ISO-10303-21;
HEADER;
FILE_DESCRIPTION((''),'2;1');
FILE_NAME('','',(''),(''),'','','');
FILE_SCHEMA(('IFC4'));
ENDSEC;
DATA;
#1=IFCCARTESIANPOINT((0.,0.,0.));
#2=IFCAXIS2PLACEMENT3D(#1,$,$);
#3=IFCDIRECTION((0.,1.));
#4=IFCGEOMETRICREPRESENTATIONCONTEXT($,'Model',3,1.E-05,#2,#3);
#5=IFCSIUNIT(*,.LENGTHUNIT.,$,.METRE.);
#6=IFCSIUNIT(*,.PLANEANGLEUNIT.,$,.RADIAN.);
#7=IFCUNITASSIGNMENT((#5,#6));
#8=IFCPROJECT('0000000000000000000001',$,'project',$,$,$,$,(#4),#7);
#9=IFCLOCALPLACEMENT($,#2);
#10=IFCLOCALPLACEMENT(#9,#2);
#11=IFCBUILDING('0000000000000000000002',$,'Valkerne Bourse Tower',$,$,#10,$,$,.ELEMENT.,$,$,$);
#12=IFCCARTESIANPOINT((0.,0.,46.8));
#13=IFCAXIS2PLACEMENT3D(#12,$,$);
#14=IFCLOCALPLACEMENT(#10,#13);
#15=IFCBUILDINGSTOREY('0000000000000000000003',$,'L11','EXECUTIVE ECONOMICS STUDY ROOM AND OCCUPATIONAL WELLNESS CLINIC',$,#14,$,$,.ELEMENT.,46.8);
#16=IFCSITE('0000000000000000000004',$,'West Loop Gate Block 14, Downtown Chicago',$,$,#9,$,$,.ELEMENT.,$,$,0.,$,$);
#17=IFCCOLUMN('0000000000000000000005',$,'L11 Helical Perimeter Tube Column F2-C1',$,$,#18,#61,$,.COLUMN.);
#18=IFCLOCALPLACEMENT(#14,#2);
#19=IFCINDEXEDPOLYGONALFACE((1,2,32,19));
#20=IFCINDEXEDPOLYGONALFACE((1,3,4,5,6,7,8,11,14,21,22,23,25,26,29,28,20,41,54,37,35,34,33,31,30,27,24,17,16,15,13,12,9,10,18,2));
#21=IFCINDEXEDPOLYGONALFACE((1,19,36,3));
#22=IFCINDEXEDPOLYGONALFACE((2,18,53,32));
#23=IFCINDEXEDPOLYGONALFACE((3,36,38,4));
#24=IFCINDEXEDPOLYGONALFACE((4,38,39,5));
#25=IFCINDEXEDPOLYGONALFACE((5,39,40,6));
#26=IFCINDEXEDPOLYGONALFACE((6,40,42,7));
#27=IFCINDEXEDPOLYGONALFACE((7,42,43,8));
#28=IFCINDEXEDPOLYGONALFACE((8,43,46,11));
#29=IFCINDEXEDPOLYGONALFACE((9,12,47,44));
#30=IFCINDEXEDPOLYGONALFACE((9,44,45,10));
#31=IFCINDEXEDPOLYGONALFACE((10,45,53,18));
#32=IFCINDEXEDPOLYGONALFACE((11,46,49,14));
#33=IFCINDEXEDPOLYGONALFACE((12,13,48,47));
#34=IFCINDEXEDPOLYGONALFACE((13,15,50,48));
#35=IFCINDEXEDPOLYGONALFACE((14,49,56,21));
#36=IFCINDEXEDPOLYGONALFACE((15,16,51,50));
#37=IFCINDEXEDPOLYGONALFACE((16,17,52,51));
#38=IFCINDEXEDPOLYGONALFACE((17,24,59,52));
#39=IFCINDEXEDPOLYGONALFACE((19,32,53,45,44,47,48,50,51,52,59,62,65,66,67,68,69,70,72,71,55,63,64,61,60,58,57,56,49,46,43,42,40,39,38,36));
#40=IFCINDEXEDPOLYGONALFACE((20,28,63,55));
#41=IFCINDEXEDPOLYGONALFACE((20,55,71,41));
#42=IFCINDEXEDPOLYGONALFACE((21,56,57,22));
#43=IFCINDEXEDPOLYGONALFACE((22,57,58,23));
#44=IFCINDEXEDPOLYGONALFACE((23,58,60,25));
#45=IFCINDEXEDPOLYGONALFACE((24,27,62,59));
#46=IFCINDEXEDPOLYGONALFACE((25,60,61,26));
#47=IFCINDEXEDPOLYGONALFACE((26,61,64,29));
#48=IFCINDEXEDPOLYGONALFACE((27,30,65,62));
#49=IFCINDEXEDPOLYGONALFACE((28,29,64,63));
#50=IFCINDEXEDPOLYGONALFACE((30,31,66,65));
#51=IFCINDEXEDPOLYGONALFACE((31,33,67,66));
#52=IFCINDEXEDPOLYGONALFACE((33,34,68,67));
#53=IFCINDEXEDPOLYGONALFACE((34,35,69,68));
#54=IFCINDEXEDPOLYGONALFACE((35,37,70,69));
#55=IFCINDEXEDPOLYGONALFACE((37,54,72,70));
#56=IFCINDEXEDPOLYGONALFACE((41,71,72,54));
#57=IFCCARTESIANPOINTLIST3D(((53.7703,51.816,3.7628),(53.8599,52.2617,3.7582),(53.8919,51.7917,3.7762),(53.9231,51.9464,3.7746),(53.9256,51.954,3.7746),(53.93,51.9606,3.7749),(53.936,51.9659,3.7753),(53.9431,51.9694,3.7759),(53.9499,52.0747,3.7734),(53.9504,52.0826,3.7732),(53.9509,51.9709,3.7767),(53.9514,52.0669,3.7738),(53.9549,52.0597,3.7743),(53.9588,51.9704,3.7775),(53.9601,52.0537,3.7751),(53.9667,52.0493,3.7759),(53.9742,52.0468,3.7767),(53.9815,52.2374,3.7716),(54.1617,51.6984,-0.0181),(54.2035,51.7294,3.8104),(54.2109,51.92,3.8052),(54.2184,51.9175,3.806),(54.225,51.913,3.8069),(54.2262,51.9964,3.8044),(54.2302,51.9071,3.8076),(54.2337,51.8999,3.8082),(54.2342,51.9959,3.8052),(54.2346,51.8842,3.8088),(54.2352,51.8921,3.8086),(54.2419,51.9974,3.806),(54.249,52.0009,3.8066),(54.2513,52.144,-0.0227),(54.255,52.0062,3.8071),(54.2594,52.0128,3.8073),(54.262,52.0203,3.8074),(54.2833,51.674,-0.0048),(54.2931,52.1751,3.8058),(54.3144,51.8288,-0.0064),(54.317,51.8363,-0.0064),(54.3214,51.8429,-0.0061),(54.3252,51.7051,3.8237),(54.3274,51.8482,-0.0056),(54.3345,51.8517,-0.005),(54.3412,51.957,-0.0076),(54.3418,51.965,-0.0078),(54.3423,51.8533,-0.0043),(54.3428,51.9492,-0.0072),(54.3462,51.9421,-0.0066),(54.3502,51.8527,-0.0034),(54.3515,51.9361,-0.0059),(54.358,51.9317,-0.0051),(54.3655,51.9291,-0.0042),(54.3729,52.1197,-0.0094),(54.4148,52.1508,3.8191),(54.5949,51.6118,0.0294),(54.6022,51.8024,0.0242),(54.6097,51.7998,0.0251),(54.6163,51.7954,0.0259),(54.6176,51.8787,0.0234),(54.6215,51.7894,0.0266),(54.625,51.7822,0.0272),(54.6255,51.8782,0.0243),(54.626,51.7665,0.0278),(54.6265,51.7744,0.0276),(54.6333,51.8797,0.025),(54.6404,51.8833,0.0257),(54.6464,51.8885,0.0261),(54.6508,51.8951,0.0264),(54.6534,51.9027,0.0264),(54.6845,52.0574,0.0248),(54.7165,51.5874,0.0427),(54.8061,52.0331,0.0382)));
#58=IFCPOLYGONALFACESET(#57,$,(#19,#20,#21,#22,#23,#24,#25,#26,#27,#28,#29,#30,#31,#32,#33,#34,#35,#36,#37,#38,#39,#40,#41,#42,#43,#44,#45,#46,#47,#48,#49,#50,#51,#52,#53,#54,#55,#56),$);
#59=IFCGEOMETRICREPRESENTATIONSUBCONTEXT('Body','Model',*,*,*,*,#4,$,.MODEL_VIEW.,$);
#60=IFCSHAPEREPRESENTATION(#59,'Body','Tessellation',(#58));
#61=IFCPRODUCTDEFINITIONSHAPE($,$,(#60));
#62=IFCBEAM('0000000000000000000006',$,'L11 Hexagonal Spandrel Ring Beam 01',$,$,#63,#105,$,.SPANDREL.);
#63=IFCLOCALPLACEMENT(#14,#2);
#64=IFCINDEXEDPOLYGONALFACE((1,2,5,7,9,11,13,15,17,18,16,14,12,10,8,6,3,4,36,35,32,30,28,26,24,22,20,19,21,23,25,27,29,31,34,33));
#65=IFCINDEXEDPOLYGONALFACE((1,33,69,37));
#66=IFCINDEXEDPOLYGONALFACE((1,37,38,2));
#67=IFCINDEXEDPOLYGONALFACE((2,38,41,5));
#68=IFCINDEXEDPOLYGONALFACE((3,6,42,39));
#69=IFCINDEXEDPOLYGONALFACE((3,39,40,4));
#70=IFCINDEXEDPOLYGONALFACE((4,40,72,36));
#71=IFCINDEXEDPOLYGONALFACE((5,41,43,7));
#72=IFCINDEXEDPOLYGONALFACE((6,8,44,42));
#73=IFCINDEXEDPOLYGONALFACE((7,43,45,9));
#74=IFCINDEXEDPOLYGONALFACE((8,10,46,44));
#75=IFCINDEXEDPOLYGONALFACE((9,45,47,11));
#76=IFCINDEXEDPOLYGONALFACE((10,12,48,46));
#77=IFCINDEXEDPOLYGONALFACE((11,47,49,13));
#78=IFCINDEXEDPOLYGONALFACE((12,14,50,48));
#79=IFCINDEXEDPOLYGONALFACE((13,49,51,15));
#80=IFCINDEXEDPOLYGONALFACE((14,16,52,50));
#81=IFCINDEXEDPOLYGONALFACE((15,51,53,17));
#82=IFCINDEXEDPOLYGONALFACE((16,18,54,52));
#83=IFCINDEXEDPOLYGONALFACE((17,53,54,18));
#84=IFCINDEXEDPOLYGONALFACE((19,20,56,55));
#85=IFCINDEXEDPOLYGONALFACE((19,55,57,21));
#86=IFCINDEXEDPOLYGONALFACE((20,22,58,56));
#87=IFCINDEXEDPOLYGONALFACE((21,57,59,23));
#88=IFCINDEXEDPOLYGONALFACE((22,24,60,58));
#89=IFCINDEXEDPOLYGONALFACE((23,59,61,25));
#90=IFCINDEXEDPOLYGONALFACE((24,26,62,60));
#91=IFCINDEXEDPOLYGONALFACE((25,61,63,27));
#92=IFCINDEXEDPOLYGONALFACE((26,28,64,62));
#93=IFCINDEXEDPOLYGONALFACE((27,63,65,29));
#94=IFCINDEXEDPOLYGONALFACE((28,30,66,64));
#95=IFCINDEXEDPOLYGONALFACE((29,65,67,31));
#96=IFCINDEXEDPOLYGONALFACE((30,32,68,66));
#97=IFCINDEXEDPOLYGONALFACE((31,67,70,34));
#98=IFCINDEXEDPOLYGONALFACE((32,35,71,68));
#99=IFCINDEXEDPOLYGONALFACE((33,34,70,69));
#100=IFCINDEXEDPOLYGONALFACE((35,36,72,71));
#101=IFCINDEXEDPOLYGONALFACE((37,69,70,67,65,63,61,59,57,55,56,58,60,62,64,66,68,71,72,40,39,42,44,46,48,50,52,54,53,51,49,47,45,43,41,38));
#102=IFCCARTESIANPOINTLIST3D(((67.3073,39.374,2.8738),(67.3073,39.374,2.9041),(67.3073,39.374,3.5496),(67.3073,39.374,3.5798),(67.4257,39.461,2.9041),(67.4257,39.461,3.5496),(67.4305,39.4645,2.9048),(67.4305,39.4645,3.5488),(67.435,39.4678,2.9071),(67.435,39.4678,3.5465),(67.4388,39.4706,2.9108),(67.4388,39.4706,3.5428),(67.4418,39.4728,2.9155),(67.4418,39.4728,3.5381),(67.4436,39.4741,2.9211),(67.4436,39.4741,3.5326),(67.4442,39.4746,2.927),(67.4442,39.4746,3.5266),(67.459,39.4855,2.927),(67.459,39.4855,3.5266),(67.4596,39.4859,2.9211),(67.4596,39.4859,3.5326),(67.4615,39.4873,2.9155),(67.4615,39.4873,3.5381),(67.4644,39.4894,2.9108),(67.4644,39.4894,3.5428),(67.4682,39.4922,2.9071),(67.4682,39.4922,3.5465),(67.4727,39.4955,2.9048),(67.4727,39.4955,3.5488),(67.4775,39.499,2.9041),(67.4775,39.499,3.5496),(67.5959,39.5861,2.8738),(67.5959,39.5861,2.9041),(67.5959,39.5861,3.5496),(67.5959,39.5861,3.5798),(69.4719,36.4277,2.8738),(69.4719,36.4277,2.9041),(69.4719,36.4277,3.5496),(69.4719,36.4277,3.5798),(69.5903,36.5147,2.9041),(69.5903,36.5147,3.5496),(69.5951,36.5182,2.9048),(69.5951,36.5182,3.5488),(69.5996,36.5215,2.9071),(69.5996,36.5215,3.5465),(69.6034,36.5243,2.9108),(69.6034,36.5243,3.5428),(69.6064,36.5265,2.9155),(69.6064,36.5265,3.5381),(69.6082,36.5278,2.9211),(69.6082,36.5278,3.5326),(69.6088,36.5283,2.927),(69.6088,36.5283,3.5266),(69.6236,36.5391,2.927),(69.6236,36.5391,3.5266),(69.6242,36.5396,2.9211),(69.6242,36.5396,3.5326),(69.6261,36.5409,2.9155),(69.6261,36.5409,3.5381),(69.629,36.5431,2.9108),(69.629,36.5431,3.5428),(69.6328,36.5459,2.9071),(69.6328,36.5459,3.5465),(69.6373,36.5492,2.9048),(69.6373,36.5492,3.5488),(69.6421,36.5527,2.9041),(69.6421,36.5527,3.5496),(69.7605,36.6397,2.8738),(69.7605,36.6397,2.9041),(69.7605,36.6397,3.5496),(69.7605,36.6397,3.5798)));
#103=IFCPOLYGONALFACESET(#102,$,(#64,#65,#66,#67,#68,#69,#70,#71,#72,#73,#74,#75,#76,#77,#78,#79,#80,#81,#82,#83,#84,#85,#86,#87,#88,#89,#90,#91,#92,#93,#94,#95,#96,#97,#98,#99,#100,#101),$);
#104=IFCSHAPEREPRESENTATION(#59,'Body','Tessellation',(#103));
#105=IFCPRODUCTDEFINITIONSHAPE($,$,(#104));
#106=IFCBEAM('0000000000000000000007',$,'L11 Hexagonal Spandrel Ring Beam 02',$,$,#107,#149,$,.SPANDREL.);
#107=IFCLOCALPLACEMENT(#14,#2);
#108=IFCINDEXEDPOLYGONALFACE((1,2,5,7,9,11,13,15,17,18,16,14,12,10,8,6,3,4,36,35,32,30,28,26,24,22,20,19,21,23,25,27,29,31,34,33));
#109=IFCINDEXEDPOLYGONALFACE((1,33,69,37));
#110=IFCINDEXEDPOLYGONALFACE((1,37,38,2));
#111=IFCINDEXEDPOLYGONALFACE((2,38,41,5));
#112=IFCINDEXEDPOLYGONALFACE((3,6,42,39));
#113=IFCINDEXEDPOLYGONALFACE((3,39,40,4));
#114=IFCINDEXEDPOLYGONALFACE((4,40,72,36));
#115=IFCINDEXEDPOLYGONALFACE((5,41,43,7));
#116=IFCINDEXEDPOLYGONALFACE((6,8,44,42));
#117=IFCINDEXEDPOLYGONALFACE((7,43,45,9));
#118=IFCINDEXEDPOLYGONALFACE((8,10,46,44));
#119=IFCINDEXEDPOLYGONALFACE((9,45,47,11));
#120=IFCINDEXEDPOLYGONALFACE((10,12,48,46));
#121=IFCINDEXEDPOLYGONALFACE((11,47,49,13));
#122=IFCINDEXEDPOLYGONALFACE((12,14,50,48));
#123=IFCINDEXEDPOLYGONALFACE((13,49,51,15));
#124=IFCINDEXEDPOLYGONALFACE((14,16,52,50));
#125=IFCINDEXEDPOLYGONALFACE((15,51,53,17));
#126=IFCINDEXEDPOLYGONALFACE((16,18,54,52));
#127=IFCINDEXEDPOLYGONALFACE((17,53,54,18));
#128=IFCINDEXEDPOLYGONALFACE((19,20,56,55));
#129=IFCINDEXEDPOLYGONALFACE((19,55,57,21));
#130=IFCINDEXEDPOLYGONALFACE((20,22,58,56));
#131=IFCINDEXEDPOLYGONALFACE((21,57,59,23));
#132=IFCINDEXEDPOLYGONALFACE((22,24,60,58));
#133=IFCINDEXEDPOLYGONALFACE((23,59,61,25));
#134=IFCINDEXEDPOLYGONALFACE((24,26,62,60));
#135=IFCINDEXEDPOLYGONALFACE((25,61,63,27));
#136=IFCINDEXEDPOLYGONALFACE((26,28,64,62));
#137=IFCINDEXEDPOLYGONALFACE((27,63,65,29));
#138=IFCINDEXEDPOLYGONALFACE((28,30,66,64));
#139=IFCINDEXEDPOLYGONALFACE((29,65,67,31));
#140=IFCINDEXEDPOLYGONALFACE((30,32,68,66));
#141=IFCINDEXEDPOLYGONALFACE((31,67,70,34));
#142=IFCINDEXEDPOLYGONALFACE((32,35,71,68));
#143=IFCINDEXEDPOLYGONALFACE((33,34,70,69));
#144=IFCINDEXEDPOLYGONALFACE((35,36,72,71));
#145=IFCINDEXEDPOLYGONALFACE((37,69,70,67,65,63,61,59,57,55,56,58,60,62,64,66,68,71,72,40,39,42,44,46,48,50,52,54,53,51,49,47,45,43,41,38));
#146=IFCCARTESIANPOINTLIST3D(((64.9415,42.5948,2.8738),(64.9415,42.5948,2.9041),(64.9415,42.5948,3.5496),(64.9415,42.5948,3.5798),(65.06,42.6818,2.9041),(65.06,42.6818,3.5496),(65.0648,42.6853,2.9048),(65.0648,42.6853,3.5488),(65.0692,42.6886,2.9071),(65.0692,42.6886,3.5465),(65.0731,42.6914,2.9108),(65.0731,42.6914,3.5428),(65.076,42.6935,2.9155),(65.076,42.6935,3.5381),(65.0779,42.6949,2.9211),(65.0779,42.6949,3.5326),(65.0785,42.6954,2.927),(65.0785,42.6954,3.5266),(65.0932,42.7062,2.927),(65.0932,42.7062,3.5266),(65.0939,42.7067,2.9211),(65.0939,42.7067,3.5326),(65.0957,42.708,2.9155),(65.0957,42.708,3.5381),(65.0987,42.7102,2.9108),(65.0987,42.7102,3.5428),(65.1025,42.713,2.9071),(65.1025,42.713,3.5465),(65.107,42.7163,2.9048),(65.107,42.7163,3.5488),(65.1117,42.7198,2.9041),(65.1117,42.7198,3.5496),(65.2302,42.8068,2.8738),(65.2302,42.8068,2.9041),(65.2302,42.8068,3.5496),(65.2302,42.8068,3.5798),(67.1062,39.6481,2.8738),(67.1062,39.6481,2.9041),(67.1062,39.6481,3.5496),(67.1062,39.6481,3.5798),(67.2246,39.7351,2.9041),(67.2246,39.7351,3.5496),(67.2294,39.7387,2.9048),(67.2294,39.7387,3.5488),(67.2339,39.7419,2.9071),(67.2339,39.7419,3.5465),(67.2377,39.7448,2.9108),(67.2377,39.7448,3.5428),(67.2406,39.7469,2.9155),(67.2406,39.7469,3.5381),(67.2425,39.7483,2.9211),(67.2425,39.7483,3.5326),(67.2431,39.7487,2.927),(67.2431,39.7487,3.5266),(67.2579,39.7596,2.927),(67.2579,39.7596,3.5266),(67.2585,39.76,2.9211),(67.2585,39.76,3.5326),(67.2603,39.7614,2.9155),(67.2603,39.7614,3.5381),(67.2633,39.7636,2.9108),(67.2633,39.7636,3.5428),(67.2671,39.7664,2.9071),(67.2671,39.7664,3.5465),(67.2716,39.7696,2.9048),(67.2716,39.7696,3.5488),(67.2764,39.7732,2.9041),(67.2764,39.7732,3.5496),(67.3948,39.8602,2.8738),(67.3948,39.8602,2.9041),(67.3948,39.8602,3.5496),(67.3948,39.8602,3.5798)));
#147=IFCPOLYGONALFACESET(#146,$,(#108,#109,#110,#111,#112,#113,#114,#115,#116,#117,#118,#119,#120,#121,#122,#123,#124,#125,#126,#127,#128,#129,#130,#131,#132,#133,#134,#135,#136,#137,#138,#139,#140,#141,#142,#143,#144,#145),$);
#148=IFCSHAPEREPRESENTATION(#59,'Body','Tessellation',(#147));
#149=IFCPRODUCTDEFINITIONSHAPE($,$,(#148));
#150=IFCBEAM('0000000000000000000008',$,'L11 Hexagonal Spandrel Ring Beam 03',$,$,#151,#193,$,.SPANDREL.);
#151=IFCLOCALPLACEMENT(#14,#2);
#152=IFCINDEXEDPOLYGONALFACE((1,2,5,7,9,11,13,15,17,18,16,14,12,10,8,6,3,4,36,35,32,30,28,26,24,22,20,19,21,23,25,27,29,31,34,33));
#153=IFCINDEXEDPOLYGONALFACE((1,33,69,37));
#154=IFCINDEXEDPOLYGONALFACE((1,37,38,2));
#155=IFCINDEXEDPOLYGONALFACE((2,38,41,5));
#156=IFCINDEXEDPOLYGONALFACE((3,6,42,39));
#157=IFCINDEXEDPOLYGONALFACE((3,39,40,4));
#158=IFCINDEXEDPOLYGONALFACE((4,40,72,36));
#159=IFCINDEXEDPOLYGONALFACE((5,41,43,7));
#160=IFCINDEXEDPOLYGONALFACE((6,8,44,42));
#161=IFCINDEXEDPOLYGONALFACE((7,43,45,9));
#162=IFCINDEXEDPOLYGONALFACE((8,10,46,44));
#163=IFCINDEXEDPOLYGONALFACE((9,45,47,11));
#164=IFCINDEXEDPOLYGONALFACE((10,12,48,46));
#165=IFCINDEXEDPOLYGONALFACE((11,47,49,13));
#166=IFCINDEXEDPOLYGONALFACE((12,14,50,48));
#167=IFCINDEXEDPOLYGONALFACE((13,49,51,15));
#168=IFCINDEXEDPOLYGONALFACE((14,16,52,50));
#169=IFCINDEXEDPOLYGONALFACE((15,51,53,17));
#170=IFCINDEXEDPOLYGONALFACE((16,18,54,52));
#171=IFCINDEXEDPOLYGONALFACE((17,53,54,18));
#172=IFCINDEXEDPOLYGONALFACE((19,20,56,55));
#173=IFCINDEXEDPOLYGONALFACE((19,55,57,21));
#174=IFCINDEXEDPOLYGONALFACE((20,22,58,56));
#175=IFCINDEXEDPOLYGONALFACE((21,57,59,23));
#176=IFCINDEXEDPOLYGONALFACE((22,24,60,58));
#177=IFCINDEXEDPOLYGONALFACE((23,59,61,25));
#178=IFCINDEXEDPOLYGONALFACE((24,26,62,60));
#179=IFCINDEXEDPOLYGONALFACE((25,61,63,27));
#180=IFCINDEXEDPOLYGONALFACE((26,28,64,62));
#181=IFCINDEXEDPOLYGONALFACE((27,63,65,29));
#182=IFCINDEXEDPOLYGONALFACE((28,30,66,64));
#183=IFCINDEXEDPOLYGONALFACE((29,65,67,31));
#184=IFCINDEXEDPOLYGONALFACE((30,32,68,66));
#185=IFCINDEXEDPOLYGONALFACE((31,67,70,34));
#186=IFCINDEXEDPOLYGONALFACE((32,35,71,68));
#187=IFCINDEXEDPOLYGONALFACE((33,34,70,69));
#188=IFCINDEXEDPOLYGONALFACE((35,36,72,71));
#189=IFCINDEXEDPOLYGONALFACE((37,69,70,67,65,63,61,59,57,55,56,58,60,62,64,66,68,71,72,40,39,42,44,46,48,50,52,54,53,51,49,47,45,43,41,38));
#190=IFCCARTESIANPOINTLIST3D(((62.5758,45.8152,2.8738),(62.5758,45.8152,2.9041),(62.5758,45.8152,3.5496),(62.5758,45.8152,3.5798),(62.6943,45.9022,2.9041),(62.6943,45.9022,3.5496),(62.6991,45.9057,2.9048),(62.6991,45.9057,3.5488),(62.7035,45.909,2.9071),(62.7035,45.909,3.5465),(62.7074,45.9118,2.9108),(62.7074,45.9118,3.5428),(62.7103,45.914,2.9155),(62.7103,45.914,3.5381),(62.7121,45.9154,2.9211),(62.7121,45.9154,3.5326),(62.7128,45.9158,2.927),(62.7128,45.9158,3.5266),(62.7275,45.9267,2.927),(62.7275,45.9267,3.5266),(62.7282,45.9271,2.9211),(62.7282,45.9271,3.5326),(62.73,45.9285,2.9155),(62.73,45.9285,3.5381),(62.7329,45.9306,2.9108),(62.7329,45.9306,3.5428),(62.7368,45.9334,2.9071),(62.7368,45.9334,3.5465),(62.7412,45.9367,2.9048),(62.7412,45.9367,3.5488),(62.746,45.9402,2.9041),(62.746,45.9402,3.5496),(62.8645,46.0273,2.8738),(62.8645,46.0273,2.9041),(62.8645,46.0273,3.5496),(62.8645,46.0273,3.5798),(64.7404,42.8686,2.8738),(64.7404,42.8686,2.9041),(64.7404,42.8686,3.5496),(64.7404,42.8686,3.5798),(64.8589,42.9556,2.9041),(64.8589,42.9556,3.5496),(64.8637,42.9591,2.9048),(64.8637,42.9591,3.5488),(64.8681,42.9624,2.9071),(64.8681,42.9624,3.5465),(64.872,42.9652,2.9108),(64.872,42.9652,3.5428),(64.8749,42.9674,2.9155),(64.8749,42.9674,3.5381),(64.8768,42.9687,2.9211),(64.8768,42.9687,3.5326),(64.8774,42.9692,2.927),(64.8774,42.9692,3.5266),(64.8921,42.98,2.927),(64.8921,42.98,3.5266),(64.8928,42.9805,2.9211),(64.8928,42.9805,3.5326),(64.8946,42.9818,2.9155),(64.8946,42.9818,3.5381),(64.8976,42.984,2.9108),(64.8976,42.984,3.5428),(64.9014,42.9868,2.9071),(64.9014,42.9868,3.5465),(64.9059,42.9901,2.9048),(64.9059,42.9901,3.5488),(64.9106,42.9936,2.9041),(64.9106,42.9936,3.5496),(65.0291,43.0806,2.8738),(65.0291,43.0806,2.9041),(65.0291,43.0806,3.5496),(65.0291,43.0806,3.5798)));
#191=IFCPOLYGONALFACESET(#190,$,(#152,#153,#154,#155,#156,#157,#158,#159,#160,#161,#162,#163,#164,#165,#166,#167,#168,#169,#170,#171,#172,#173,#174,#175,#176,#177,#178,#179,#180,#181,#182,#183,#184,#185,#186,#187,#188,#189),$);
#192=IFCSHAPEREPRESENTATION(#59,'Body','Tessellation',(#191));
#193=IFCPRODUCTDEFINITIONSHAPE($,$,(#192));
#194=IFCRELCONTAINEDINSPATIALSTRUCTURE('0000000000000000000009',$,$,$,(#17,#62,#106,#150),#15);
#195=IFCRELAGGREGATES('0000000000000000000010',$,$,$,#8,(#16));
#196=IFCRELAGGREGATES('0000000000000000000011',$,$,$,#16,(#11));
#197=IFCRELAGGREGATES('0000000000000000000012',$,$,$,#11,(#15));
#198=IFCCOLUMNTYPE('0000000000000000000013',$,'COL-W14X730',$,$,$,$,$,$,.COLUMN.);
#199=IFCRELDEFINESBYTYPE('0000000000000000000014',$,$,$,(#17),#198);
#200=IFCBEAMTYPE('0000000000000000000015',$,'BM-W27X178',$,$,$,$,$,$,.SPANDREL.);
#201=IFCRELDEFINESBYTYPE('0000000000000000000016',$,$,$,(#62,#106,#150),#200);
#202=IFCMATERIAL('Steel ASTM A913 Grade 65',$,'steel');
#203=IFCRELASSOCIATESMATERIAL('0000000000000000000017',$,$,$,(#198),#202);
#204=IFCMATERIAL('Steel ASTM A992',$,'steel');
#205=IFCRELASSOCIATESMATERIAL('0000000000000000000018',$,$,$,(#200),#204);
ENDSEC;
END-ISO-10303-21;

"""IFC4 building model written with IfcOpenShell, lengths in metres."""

from ifc_helpers import new_model, si_unit, direction, frame, origin, origin_2d, place, context, subcontext, project, spatial, i_section, extrude, material, material_profile, profile_set, type_object, element, save


model = new_model("IFC4")

# Units and contexts
model_context = context("Model", 3, precision=1e-05, world=origin(), true_north=direction((0.0, 1.0)))
body_context = subcontext(model_context, "Body", "Model", "MODEL_VIEW")
ifc_project = project(units=[si_unit("LENGTHUNIT", "METRE"), si_unit("PLANEANGLEUNIT", "RADIAN")], contexts=[model_context])

# Site, building, storey
site_placement = place(None, origin())
site = spatial("IfcSite", under=ifc_project, at=site_placement, Name="West Loop Gate Block 14, Downtown Chicago", CompositionType="ELEMENT", RefElevation=0.0)
building_placement = place(site_placement, origin())
building = spatial("IfcBuilding", under=site, at=building_placement, Name="Valkerne Bourse Tower", CompositionType="ELEMENT")
storey_placement = place(building_placement, frame((0.0, 0.0, 46.8)))
storey = spatial("IfcBuildingStorey", under=building, at=storey_placement, Name="L11", Description="EXECUTIVE ECONOMICS STUDY ROOM AND OCCUPATIONAL WELLNESS CLINIC", CompositionType="ELEMENT", Elevation=46.8)

# Column
ifc_material_1 = material(Name="Steel ASTM A913 Grade 65", Category="steel")
ifc_material_profile_1 = material_profile(ifc_material_1, i_section(OverallWidth=0.4546, OverallDepth=0.5691, WebThickness=0.0779, FlangeThickness=0.1248, FilletRadius=0.0305, at=origin_2d()), Name="W14X730")
ifc_profile_set_1 = profile_set([ifc_material_profile_1], Name="Steel ASTM A913 Grade 65")
column_type = type_object("IfcColumnType", Name="COL-W14X730", PredefinedType="COLUMN", material=ifc_profile_set_1)
for number, where, z_axis, x_axis, name in (
    (1, (54.4839, 51.8657, 0.01), (-0.102907, 0.030943, 0.99421), (0.197072, 0.980337, -0.010113), "L11 Helical Perimeter Tube Column F2-C1"),
):
    element("IfcColumn", number, at=place(storey_placement, frame(where, z_axis=z_axis, x_axis=x_axis)), inside=storey, type_object=column_type, Name=name, PredefinedType="COLUMN", context=body_context, shape_type="SweptSolid", body=[
        extrude(i_section(OverallWidth=0.4546, OverallDepth=0.5691, WebThickness=0.0779, FlangeThickness=0.1248, FilletRadius=0.0305, at=origin_2d()), origin(), (0.0, 0.0, 1.0), 3.803),
    ])

# Beams
ifc_material_2 = material(Name="Steel ASTM A992", Category="steel")
ifc_material_profile_2 = material_profile(ifc_material_2, i_section(OverallWidth=0.3582, OverallDepth=0.7061, WebThickness=0.0183, FlangeThickness=0.0303, FilletRadius=0.0229, at=origin_2d()), Name="W27X178")
ifc_profile_set_2 = profile_set([ifc_material_profile_2], Name="Steel ASTM A992")
beam_type = type_object("IfcBeamType", Name="BM-W27X178", PredefinedType="SPANDREL", material=ifc_profile_set_2)
beam_1_placement = place(storey_placement, frame((69.6162, 36.5337, 3.2268), z_axis=(-0.592064, 0.805891, 0.0), x_axis=(-0.805891, -0.592064, 0.0)))
element("IfcBeam", 2, at=beam_1_placement, inside=storey, type_object=beam_type, Name="L11 Hexagonal Spandrel Ring Beam 01", PredefinedType="SPANDREL", context=body_context, shape_type="SweptSolid", body=[
    extrude(i_section(OverallWidth=0.3582, OverallDepth=0.7061, WebThickness=0.0183, FlangeThickness=0.0303, FilletRadius=0.0229, at=origin_2d()), origin(), (0.0, 0.0, 1.0), 3.656),
])
for number, where, z_axis, x_axis, name in (
    (3, (67.2505, 39.7542, 3.2268), (-0.592032, 0.805914, 0.0), (-0.805914, -0.592032, 0.0), "L11 Hexagonal Spandrel Ring Beam 02"),
    (4, (64.8848, 42.9746, 3.2268), (-0.592032, 0.805914, 0.0), (-0.805914, -0.592032, 0.0), "L11 Hexagonal Spandrel Ring Beam 03"),
):
    element("IfcBeam", number, at=place(storey_placement, frame(where, z_axis=z_axis, x_axis=x_axis)), inside=storey, type_object=beam_type, Name=name, PredefinedType="SPANDREL", context=body_context, shape_type="SweptSolid", body=[
        extrude(i_section(OverallWidth=0.3582, OverallDepth=0.7061, WebThickness=0.0183, FlangeThickness=0.0303, FilletRadius=0.0229, at=origin_2d()), origin(), (0.0, 0.0, 1.0), 3.6562),
    ])

save(model, "model.ifc")
